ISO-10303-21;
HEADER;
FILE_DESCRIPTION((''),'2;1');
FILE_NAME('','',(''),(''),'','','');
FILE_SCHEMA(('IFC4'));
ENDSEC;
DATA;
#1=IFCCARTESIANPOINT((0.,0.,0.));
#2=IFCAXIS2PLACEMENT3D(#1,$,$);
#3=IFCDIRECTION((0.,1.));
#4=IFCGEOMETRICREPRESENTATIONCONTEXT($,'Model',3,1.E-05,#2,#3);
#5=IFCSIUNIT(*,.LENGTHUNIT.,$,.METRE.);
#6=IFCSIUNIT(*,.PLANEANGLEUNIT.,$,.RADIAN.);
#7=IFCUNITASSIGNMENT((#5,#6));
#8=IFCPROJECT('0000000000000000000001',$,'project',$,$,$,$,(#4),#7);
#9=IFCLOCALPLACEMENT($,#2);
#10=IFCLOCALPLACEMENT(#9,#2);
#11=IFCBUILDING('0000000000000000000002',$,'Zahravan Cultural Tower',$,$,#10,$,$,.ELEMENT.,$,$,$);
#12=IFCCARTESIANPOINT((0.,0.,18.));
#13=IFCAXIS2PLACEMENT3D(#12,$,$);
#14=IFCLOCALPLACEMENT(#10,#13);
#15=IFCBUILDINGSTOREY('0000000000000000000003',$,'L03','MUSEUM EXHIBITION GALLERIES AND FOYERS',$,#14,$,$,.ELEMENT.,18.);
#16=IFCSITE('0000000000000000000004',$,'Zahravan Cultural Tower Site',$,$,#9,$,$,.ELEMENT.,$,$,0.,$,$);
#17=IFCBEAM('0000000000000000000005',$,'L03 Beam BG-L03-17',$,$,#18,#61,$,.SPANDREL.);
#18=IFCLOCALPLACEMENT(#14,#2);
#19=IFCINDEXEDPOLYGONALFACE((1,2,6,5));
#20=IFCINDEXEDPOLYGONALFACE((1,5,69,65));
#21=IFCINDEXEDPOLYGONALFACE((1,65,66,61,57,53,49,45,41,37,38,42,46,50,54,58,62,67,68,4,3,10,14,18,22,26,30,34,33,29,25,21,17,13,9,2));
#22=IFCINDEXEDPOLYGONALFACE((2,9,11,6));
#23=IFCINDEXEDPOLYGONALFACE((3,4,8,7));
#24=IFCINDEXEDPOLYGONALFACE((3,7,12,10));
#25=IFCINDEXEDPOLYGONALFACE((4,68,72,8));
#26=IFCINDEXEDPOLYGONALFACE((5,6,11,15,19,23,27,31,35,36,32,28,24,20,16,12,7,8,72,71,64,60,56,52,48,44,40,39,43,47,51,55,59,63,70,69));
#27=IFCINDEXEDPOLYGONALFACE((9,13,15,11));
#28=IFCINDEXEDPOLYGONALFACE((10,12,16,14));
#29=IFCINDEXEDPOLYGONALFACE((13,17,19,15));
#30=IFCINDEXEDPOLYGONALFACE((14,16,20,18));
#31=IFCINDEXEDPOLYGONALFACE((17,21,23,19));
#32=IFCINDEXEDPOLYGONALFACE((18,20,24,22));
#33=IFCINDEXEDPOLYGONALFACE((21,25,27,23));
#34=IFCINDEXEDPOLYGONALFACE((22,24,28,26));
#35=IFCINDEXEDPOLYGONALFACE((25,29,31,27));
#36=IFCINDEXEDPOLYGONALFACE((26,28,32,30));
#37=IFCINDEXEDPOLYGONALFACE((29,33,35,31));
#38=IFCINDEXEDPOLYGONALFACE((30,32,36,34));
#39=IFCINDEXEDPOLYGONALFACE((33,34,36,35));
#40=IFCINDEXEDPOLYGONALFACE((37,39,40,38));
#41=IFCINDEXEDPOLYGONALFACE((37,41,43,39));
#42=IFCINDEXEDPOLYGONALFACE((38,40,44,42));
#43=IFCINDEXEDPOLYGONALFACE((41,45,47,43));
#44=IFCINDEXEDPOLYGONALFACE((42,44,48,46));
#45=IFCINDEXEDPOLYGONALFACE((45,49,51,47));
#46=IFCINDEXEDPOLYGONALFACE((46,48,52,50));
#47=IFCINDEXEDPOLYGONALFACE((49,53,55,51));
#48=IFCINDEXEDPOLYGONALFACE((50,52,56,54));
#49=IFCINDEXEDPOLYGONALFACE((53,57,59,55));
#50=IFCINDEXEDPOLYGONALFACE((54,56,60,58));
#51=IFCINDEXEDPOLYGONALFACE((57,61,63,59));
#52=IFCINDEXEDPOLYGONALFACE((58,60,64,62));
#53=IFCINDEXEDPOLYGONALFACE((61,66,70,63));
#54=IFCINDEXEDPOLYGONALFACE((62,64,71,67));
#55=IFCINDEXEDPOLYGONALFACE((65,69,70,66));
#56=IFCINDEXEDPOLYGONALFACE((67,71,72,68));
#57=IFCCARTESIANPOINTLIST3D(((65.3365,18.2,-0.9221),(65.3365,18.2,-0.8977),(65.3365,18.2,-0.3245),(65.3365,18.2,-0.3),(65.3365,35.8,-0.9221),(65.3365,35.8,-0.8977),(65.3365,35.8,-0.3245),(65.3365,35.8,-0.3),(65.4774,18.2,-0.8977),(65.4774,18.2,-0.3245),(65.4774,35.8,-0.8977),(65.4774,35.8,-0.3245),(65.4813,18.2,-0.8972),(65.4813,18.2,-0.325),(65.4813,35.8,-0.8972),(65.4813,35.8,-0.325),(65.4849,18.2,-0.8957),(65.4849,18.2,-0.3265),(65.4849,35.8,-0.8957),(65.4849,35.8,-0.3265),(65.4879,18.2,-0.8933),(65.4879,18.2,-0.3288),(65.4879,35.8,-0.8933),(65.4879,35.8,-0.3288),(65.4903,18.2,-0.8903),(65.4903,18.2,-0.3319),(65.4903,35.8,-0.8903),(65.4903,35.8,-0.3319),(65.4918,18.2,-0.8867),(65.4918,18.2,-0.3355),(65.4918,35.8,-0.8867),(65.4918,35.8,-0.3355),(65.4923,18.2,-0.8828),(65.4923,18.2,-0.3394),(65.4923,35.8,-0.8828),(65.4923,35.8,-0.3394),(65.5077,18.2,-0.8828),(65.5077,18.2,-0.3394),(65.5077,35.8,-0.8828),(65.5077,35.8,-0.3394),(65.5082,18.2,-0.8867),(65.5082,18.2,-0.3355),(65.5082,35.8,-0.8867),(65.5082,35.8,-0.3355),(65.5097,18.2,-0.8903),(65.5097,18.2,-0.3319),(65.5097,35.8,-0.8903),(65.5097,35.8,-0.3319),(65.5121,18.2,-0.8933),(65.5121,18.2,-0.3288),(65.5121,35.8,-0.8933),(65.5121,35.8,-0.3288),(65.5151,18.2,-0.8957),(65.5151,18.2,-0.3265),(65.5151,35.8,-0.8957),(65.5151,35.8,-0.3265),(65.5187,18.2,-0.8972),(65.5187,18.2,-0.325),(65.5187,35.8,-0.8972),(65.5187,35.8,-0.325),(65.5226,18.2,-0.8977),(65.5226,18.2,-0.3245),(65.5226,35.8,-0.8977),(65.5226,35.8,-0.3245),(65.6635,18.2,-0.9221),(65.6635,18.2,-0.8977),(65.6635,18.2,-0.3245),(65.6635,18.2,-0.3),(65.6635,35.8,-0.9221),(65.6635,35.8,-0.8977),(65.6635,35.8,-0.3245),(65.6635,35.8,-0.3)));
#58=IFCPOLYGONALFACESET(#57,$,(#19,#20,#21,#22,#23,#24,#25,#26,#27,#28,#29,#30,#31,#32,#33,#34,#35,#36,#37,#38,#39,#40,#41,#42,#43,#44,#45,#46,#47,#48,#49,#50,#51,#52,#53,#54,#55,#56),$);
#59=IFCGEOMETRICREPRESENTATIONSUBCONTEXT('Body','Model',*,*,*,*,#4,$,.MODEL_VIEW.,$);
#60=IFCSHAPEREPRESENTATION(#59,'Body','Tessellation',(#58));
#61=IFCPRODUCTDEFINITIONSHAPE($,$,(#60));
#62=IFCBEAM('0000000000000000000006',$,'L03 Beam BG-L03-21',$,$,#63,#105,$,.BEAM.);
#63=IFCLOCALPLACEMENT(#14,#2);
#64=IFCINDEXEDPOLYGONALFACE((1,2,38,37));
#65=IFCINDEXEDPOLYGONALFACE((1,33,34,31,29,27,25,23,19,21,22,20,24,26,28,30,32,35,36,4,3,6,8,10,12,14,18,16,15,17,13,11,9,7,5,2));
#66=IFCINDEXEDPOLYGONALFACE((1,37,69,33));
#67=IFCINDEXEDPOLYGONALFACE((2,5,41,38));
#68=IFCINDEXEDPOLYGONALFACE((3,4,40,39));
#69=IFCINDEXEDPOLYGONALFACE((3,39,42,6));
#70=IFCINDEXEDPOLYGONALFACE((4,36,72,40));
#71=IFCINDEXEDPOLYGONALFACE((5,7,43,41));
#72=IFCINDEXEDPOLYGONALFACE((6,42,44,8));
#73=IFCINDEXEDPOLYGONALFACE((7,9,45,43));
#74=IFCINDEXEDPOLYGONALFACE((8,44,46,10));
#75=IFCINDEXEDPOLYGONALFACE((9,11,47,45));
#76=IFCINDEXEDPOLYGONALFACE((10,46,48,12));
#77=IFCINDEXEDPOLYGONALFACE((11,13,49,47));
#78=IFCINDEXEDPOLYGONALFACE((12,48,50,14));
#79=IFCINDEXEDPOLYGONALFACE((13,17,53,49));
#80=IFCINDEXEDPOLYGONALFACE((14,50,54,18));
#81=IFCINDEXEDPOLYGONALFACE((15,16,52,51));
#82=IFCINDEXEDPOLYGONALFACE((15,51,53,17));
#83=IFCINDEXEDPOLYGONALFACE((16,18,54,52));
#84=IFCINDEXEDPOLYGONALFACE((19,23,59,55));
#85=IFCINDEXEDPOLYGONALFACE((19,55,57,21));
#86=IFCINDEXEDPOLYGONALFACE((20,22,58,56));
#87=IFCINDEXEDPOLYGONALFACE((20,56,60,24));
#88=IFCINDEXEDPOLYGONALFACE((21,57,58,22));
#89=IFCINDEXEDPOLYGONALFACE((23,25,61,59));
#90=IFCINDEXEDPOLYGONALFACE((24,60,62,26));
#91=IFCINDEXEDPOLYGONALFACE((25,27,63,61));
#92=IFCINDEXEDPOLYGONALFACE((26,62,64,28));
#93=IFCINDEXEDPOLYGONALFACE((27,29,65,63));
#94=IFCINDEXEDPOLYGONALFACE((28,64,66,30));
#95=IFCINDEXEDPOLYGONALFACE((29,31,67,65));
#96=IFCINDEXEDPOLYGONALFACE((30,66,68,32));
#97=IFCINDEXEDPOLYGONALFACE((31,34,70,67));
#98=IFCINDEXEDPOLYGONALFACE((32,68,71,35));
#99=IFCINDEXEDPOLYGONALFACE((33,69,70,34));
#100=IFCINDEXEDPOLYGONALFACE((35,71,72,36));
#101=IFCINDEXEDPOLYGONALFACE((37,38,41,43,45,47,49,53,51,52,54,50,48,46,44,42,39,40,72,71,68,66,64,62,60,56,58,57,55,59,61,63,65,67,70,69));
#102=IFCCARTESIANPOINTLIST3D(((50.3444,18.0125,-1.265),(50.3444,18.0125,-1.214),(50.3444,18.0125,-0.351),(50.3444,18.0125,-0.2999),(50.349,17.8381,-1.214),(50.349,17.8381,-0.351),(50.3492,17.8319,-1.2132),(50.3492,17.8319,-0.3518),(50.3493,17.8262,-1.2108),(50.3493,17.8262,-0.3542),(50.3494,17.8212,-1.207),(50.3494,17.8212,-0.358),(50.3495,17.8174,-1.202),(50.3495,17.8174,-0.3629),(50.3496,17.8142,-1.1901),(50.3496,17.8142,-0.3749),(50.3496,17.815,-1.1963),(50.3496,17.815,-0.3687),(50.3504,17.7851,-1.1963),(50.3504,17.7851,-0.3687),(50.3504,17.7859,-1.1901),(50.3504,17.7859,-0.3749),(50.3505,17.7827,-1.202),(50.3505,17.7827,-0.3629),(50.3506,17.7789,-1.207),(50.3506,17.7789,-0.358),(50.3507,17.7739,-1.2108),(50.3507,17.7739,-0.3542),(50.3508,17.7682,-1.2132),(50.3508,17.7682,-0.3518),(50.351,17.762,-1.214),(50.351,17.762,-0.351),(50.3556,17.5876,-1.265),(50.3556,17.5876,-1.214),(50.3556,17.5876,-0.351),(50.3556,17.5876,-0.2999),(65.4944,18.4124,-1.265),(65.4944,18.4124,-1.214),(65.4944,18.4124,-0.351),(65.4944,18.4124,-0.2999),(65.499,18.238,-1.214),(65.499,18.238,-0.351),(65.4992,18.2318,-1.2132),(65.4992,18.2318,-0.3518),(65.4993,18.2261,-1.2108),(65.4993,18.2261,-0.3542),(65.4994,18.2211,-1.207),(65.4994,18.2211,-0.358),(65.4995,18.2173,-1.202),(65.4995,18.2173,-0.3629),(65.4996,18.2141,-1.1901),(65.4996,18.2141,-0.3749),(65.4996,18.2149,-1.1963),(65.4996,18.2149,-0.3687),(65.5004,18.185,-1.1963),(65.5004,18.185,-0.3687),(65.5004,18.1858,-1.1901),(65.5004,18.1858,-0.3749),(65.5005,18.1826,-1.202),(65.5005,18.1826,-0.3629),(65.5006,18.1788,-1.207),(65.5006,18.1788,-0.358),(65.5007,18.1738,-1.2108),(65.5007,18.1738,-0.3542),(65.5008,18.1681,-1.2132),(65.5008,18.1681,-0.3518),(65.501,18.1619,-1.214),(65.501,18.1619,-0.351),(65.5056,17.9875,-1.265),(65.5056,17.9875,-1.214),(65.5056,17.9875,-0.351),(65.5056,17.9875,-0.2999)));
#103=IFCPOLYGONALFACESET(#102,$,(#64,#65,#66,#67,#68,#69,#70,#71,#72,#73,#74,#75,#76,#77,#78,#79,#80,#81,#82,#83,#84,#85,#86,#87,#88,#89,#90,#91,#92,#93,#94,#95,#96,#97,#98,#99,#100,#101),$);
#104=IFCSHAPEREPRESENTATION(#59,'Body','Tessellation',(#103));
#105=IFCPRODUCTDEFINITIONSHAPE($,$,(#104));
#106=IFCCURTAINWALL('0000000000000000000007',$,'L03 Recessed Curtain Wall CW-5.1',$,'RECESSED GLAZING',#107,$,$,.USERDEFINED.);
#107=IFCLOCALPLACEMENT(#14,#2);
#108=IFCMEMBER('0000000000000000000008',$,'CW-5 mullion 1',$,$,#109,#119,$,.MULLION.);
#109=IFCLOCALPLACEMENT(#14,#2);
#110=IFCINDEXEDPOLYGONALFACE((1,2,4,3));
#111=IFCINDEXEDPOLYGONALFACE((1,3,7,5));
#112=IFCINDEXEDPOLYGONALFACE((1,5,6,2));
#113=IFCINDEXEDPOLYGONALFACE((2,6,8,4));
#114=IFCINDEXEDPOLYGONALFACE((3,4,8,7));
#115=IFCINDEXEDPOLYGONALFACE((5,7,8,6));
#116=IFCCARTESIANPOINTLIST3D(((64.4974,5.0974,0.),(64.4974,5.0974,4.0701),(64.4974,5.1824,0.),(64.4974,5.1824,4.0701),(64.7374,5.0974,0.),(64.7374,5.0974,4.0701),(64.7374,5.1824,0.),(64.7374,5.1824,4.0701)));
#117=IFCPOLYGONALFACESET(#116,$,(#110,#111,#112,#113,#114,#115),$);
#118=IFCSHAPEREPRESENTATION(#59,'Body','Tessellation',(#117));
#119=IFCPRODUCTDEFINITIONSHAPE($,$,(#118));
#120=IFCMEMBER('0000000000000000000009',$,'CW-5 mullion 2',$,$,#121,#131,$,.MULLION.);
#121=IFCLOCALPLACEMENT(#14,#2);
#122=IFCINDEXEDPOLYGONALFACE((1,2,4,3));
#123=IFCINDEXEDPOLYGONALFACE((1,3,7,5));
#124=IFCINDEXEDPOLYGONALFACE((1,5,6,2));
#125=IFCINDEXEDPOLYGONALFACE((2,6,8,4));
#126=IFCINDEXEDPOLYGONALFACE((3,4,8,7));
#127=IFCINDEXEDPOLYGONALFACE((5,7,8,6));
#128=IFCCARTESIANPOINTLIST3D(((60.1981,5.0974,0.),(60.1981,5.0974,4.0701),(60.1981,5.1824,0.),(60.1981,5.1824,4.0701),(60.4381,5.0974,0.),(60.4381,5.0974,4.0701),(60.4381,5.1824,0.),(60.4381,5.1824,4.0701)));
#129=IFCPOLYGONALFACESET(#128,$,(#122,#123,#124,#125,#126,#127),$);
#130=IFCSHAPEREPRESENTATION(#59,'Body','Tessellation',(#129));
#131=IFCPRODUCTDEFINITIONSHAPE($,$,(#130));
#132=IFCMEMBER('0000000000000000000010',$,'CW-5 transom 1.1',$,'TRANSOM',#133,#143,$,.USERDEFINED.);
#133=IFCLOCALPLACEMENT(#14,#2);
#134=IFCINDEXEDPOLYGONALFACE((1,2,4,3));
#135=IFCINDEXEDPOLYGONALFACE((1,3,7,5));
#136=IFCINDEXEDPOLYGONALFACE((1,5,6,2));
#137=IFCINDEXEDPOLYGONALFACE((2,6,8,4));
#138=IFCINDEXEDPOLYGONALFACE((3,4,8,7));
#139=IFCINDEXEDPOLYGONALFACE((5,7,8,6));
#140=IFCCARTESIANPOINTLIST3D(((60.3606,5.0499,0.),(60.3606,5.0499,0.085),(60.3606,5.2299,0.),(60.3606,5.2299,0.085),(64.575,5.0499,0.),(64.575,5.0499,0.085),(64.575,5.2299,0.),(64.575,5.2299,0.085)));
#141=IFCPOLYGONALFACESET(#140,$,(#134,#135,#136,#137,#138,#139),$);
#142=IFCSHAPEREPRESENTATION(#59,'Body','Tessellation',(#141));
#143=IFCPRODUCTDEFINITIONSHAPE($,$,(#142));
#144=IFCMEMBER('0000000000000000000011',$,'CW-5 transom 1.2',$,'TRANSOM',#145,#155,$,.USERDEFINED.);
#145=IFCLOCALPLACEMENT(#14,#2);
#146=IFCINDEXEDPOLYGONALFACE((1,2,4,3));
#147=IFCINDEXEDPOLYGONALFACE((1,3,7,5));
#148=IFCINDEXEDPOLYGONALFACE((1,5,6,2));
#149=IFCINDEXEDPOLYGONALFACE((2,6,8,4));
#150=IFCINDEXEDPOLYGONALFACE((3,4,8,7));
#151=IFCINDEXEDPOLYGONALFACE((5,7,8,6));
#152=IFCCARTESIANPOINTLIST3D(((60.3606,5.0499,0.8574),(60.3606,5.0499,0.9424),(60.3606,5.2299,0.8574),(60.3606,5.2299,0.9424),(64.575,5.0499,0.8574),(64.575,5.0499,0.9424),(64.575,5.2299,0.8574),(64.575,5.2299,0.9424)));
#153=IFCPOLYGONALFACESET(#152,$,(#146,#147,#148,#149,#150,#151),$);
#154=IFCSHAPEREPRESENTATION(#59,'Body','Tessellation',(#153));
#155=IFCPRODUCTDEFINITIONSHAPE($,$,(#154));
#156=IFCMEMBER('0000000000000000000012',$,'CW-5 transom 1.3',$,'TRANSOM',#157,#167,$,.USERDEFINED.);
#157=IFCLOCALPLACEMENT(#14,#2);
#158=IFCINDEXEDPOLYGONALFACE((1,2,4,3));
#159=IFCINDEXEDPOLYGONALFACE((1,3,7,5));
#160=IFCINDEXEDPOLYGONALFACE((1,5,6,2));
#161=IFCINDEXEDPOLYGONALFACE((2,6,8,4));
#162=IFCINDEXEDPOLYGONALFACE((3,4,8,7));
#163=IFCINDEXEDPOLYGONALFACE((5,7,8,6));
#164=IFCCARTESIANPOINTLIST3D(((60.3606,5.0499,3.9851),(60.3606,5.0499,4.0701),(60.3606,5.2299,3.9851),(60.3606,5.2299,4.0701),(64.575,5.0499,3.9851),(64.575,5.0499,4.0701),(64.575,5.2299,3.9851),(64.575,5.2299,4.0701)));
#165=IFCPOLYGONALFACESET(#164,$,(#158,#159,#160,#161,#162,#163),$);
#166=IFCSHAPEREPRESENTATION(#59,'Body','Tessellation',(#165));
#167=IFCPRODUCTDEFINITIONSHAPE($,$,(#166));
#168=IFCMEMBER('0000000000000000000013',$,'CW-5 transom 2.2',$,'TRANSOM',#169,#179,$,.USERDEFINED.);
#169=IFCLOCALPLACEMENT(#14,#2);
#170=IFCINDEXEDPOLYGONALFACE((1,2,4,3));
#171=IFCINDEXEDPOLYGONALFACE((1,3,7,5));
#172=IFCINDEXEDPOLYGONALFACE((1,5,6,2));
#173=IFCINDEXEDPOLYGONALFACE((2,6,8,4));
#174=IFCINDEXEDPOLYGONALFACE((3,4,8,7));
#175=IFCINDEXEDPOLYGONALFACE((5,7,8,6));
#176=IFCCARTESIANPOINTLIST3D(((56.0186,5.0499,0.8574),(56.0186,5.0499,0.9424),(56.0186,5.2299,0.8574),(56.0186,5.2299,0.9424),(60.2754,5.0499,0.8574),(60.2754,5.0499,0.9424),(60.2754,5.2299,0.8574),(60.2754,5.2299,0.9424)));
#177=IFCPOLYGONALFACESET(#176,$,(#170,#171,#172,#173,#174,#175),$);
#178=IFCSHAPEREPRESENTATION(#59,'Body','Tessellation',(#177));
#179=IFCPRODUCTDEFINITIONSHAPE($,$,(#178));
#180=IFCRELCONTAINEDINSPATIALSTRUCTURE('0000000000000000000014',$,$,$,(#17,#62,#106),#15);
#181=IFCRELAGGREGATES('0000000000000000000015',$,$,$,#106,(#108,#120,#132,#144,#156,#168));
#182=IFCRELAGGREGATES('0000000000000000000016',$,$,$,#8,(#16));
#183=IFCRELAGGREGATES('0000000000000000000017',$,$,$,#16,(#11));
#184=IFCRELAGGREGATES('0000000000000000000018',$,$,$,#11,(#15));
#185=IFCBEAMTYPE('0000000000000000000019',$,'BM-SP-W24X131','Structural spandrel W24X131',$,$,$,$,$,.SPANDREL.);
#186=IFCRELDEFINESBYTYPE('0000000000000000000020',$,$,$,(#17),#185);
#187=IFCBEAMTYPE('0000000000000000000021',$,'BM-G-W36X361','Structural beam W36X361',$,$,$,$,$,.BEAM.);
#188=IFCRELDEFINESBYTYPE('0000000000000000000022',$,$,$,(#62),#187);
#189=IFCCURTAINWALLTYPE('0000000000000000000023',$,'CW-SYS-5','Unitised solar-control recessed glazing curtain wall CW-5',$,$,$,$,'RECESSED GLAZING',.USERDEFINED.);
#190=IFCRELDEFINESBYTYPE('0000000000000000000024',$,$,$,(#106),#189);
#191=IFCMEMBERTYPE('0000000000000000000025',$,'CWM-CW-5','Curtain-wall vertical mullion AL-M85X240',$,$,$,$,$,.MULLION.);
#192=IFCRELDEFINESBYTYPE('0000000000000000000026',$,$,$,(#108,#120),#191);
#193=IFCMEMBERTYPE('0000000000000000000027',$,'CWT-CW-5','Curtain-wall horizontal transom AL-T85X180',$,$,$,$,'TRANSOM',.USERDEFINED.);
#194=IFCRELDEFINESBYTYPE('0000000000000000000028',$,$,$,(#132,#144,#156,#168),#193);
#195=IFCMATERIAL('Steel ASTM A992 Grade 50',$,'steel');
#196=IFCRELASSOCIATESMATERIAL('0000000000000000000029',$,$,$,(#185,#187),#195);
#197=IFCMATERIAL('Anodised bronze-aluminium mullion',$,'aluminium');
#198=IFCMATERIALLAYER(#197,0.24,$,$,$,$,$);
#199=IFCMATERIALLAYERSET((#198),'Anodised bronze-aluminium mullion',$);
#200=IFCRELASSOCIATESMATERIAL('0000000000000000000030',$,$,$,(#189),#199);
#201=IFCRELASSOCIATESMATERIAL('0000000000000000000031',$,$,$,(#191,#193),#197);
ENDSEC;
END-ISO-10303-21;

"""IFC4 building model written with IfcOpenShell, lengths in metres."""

from ifc_helpers import new_model, si_unit, direction, frame, origin, origin_2d, place, context, subcontext, project, spatial, rectangle, i_section, extrude, source, transform, mapped, material, layer, layer_set, material_profile, profile_set, type_object, element, aggregate, save


model = new_model("IFC4")

# Units and contexts
model_context = context("Model", 3, precision=1e-05, world=origin(), true_north=direction((0.0, 1.0)))
body_context = subcontext(model_context, "Body", "Model", "MODEL_VIEW")
ifc_project = project(units=[si_unit("LENGTHUNIT", "METRE"), si_unit("PLANEANGLEUNIT", "RADIAN")], contexts=[model_context])

# Site, building, storey
site_placement = place(None, origin())
site = spatial("IfcSite", under=ifc_project, at=site_placement, Name="Zahravan Cultural Tower Site", CompositionType="ELEMENT", RefElevation=0.0)
building_placement = place(site_placement, origin())
building = spatial("IfcBuilding", under=site, at=building_placement, Name="Zahravan Cultural Tower", CompositionType="ELEMENT")
storey_placement = place(building_placement, frame((0.0, 0.0, 18.0)))
storey = spatial("IfcBuildingStorey", under=building, at=storey_placement, Name="L03", Description="MUSEUM EXHIBITION GALLERIES AND FOYERS", CompositionType="ELEMENT", Elevation=18.0)

# Beams
ifc_material_1 = material(Name="Steel ASTM A992 Grade 50", Category="steel")
ifc_material_profile_1 = material_profile(ifc_material_1, i_section(OverallWidth=0.3269, OverallDepth=0.6221, WebThickness=0.0154, FlangeThickness=0.0244, FilletRadius=0.0149, at=origin_2d()), Name="W24X131")
ifc_profile_set_1 = profile_set([ifc_material_profile_1], Name="Steel ASTM A992 Grade 50")
beam_type_1 = type_object("IfcBeamType", Name="BM-SP-W24X131", Description="Structural spandrel W24X131", PredefinedType="SPANDREL", material=ifc_profile_set_1)
shared_shape_1 = source(origin(), body_context, "Body", "SweptSolid", [
    extrude(i_section(OverallWidth=0.3269, OverallDepth=0.6221, WebThickness=0.0154, FlangeThickness=0.0244, FilletRadius=0.0149, at=origin_2d()), origin(), (0.0, 0.0, 1.0), 17.6001),
])
beam_1_placement = place(storey_placement, frame((65.5, 18.2, -0.6111), z_axis=(0.0, 1.0, 0.0), x_axis=(-1.0, 0.0, 0.0)))
element("IfcBeam", 1, at=beam_1_placement, inside=storey, type_object=beam_type_1, Name="L03 Beam BG-L03-17", PredefinedType="SPANDREL", context=body_context, shape_type="MappedRepresentation", body=[
    mapped(shared_shape_1, transform((0.0, 0.0, 0.0), x_axis=(1.0, 0.0, 0.0), y_axis=(0.0, 1.0, 0.0), z_axis=(0.0, 0.0, 1.0), scale=1.0)),
])
ifc_material_profile_2 = material_profile(ifc_material_1, i_section(OverallWidth=0.425, OverallDepth=0.9651, WebThickness=0.0283, FlangeThickness=0.051, FilletRadius=0.0239, at=origin_2d()), Name="W36X361")
ifc_profile_set_2 = profile_set([ifc_material_profile_2], Name="Steel ASTM A992 Grade 50")
beam_type_2 = type_object("IfcBeamType", Name="BM-G-W36X361", Description="Structural beam W36X361", PredefinedType="BEAM", material=ifc_profile_set_2)
shared_shape_2 = source(origin(), body_context, "Body", "SweptSolid", [
    extrude(i_section(OverallWidth=0.425, OverallDepth=0.9651, WebThickness=0.0283, FlangeThickness=0.051, FilletRadius=0.0239, at=origin_2d()), origin(), (0.0, 0.0, 1.0), 15.1553),
])
beam_2_placement = place(storey_placement, frame((65.5, 18.2, -0.7825), z_axis=(-0.999652, -0.026387, 0.0), x_axis=(0.026387, -0.999652, 0.0)))
element("IfcBeam", 2, at=beam_2_placement, inside=storey, type_object=beam_type_2, Name="L03 Beam BG-L03-21", PredefinedType="BEAM", context=body_context, shape_type="MappedRepresentation", body=[
    mapped(shared_shape_2, transform((0.0, 0.0, 0.0), x_axis=(1.0, 0.0, 0.0), y_axis=(0.0, 1.0, 0.0), z_axis=(0.0, 0.0, 1.0), scale=1.0)),
])

# Curtain wall, members
ifc_material_2 = material(Name="Anodised bronze-aluminium mullion", Category="aluminium")
ifc_layer_1 = layer(ifc_material_2, 0.24)
ifc_layer_set_1 = layer_set([ifc_layer_1], Name="Anodised bronze-aluminium mullion")
curtain_wall_type = type_object("IfcCurtainWallType", Name="CW-SYS-5", Description="Unitised solar-control recessed glazing curtain wall CW-5", ElementType="RECESSED GLAZING", PredefinedType="USERDEFINED", material=ifc_layer_set_1)
curtain_wall_placement = place(storey_placement, origin())
curtain_wall = element("IfcCurtainWall", 3, at=curtain_wall_placement, inside=storey, type_object=curtain_wall_type, Name="L03 Recessed Curtain Wall CW-5.1", ObjectType="RECESSED GLAZING", PredefinedType="USERDEFINED")
ifc_material_profile_3 = material_profile(ifc_material_2, rectangle(XDim=0.085, YDim=0.24, at=origin_2d()), Name="AL-M85X240")
ifc_profile_set_3 = profile_set([ifc_material_profile_3], Name="Anodised bronze-aluminium mullion")
member_type_1 = type_object("IfcMemberType", Name="CWM-CW-5", Description="Curtain-wall vertical mullion AL-M85X240", PredefinedType="MULLION", material=ifc_profile_set_3)
shared_shape_3 = source(origin(), body_context, "Body", "SweptSolid", [
    extrude(rectangle(XDim=0.085, YDim=0.24, at=origin_2d()), origin(), (0.0, 0.0, 1.0), 4.0701),
])
member_1_placement = place(storey_placement, frame((64.6174, 5.1399, 0.0), z_axis=(0.0, 0.0, 1.0), x_axis=(0.0, -1.0, 0.0)))
member_1 = element("IfcMember", 4, at=member_1_placement, type_object=member_type_1, Name="CW-5 mullion 1", PredefinedType="MULLION", context=body_context, shape_type="MappedRepresentation", body=[
    mapped(shared_shape_3, transform((0.0, 0.0, 0.0), x_axis=(1.0, 0.0, 0.0), y_axis=(0.0, 1.0, 0.0), z_axis=(0.0, 0.0, 1.0), scale=1.0)),
])
member_2_placement = place(storey_placement, frame((60.3181, 5.1399, 0.0), z_axis=(0.0, 0.0, 1.0), x_axis=(0.0, -1.0, 0.0)))
member_2 = element("IfcMember", 5, at=member_2_placement, type_object=member_type_1, Name="CW-5 mullion 2", PredefinedType="MULLION", context=body_context, shape_type="MappedRepresentation", body=[
    mapped(shared_shape_3, transform((0.0, 0.0, 0.0), x_axis=(1.0, 0.0, 0.0), y_axis=(0.0, 1.0, 0.0), z_axis=(0.0, 0.0, 1.0), scale=1.0)),
])
ifc_material_profile_4 = material_profile(ifc_material_2, rectangle(XDim=0.1799, YDim=0.085, at=origin_2d()), Name="AL-T85X180")
ifc_profile_set_4 = profile_set([ifc_material_profile_4], Name="Anodised bronze-aluminium mullion")
member_type_2 = type_object("IfcMemberType", Name="CWT-CW-5", Description="Curtain-wall horizontal transom AL-T85X180", ElementType="TRANSOM", PredefinedType="USERDEFINED", material=ifc_profile_set_4)
shared_shape_4 = source(origin(), body_context, "Body", "SweptSolid", [
    extrude(rectangle(XDim=0.1799, YDim=0.085, at=origin_2d()), origin(), (0.0, 0.0, 1.0), 4.2144),
])
member_3_placement = place(storey_placement, frame((64.575, 5.1399, 0.0425), z_axis=(-1.0, 0.0, 0.0), x_axis=(0.0, -1.0, 0.0)))
member_3 = element("IfcMember", 6, at=member_3_placement, type_object=member_type_2, Name="CW-5 transom 1.1", ObjectType="TRANSOM", PredefinedType="USERDEFINED", context=body_context, shape_type="MappedRepresentation", body=[
    mapped(shared_shape_4, transform((0.0, 0.0, 0.0), x_axis=(1.0, 0.0, 0.0), y_axis=(0.0, 1.0, 0.0), z_axis=(0.0, 0.0, 1.0), scale=1.0)),
])
member_4_placement = place(storey_placement, frame((64.575, 5.1399, 0.8999), z_axis=(-1.0, 0.0, 0.0), x_axis=(0.0, -1.0, 0.0)))
member_4 = element("IfcMember", 7, at=member_4_placement, type_object=member_type_2, Name="CW-5 transom 1.2", ObjectType="TRANSOM", PredefinedType="USERDEFINED", context=body_context, shape_type="MappedRepresentation", body=[
    mapped(shared_shape_4, transform((0.0, 0.0, 0.0), x_axis=(1.0, 0.0, 0.0), y_axis=(0.0, 1.0, 0.0), z_axis=(0.0, 0.0, 1.0), scale=1.0)),
])
member_5_placement = place(storey_placement, frame((64.575, 5.1399, 4.0276), z_axis=(-1.0, 0.0, 0.0), x_axis=(0.0, -1.0, 0.0)))
member_5 = element("IfcMember", 8, at=member_5_placement, type_object=member_type_2, Name="CW-5 transom 1.3", ObjectType="TRANSOM", PredefinedType="USERDEFINED", context=body_context, shape_type="MappedRepresentation", body=[
    mapped(shared_shape_4, transform((0.0, 0.0, 0.0), x_axis=(1.0, 0.0, 0.0), y_axis=(0.0, 1.0, 0.0), z_axis=(0.0, 0.0, 1.0), scale=1.0)),
])
shared_shape_5 = source(origin(), body_context, "Body", "SweptSolid", [
    extrude(rectangle(XDim=0.1799, YDim=0.085, at=origin_2d()), origin(), (0.0, 0.0, 1.0), 4.2568),
])
member_6_placement = place(storey_placement, frame((60.2754, 5.1399, 0.8999), z_axis=(-1.0, 0.0, 0.0), x_axis=(0.0, -1.0, 0.0)))
member_6 = element("IfcMember", 9, at=member_6_placement, type_object=member_type_2, Name="CW-5 transom 2.2", ObjectType="TRANSOM", PredefinedType="USERDEFINED", context=body_context, shape_type="MappedRepresentation", body=[
    mapped(shared_shape_5, transform((0.0, 0.0, 0.0), x_axis=(1.0, 0.0, 0.0), y_axis=(0.0, 1.0, 0.0), z_axis=(0.0, 0.0, 1.0), scale=1.0)),
])
aggregate(curtain_wall, [member_1, member_2, member_3, member_4, member_5, member_6])

save(model, "model.ifc")
